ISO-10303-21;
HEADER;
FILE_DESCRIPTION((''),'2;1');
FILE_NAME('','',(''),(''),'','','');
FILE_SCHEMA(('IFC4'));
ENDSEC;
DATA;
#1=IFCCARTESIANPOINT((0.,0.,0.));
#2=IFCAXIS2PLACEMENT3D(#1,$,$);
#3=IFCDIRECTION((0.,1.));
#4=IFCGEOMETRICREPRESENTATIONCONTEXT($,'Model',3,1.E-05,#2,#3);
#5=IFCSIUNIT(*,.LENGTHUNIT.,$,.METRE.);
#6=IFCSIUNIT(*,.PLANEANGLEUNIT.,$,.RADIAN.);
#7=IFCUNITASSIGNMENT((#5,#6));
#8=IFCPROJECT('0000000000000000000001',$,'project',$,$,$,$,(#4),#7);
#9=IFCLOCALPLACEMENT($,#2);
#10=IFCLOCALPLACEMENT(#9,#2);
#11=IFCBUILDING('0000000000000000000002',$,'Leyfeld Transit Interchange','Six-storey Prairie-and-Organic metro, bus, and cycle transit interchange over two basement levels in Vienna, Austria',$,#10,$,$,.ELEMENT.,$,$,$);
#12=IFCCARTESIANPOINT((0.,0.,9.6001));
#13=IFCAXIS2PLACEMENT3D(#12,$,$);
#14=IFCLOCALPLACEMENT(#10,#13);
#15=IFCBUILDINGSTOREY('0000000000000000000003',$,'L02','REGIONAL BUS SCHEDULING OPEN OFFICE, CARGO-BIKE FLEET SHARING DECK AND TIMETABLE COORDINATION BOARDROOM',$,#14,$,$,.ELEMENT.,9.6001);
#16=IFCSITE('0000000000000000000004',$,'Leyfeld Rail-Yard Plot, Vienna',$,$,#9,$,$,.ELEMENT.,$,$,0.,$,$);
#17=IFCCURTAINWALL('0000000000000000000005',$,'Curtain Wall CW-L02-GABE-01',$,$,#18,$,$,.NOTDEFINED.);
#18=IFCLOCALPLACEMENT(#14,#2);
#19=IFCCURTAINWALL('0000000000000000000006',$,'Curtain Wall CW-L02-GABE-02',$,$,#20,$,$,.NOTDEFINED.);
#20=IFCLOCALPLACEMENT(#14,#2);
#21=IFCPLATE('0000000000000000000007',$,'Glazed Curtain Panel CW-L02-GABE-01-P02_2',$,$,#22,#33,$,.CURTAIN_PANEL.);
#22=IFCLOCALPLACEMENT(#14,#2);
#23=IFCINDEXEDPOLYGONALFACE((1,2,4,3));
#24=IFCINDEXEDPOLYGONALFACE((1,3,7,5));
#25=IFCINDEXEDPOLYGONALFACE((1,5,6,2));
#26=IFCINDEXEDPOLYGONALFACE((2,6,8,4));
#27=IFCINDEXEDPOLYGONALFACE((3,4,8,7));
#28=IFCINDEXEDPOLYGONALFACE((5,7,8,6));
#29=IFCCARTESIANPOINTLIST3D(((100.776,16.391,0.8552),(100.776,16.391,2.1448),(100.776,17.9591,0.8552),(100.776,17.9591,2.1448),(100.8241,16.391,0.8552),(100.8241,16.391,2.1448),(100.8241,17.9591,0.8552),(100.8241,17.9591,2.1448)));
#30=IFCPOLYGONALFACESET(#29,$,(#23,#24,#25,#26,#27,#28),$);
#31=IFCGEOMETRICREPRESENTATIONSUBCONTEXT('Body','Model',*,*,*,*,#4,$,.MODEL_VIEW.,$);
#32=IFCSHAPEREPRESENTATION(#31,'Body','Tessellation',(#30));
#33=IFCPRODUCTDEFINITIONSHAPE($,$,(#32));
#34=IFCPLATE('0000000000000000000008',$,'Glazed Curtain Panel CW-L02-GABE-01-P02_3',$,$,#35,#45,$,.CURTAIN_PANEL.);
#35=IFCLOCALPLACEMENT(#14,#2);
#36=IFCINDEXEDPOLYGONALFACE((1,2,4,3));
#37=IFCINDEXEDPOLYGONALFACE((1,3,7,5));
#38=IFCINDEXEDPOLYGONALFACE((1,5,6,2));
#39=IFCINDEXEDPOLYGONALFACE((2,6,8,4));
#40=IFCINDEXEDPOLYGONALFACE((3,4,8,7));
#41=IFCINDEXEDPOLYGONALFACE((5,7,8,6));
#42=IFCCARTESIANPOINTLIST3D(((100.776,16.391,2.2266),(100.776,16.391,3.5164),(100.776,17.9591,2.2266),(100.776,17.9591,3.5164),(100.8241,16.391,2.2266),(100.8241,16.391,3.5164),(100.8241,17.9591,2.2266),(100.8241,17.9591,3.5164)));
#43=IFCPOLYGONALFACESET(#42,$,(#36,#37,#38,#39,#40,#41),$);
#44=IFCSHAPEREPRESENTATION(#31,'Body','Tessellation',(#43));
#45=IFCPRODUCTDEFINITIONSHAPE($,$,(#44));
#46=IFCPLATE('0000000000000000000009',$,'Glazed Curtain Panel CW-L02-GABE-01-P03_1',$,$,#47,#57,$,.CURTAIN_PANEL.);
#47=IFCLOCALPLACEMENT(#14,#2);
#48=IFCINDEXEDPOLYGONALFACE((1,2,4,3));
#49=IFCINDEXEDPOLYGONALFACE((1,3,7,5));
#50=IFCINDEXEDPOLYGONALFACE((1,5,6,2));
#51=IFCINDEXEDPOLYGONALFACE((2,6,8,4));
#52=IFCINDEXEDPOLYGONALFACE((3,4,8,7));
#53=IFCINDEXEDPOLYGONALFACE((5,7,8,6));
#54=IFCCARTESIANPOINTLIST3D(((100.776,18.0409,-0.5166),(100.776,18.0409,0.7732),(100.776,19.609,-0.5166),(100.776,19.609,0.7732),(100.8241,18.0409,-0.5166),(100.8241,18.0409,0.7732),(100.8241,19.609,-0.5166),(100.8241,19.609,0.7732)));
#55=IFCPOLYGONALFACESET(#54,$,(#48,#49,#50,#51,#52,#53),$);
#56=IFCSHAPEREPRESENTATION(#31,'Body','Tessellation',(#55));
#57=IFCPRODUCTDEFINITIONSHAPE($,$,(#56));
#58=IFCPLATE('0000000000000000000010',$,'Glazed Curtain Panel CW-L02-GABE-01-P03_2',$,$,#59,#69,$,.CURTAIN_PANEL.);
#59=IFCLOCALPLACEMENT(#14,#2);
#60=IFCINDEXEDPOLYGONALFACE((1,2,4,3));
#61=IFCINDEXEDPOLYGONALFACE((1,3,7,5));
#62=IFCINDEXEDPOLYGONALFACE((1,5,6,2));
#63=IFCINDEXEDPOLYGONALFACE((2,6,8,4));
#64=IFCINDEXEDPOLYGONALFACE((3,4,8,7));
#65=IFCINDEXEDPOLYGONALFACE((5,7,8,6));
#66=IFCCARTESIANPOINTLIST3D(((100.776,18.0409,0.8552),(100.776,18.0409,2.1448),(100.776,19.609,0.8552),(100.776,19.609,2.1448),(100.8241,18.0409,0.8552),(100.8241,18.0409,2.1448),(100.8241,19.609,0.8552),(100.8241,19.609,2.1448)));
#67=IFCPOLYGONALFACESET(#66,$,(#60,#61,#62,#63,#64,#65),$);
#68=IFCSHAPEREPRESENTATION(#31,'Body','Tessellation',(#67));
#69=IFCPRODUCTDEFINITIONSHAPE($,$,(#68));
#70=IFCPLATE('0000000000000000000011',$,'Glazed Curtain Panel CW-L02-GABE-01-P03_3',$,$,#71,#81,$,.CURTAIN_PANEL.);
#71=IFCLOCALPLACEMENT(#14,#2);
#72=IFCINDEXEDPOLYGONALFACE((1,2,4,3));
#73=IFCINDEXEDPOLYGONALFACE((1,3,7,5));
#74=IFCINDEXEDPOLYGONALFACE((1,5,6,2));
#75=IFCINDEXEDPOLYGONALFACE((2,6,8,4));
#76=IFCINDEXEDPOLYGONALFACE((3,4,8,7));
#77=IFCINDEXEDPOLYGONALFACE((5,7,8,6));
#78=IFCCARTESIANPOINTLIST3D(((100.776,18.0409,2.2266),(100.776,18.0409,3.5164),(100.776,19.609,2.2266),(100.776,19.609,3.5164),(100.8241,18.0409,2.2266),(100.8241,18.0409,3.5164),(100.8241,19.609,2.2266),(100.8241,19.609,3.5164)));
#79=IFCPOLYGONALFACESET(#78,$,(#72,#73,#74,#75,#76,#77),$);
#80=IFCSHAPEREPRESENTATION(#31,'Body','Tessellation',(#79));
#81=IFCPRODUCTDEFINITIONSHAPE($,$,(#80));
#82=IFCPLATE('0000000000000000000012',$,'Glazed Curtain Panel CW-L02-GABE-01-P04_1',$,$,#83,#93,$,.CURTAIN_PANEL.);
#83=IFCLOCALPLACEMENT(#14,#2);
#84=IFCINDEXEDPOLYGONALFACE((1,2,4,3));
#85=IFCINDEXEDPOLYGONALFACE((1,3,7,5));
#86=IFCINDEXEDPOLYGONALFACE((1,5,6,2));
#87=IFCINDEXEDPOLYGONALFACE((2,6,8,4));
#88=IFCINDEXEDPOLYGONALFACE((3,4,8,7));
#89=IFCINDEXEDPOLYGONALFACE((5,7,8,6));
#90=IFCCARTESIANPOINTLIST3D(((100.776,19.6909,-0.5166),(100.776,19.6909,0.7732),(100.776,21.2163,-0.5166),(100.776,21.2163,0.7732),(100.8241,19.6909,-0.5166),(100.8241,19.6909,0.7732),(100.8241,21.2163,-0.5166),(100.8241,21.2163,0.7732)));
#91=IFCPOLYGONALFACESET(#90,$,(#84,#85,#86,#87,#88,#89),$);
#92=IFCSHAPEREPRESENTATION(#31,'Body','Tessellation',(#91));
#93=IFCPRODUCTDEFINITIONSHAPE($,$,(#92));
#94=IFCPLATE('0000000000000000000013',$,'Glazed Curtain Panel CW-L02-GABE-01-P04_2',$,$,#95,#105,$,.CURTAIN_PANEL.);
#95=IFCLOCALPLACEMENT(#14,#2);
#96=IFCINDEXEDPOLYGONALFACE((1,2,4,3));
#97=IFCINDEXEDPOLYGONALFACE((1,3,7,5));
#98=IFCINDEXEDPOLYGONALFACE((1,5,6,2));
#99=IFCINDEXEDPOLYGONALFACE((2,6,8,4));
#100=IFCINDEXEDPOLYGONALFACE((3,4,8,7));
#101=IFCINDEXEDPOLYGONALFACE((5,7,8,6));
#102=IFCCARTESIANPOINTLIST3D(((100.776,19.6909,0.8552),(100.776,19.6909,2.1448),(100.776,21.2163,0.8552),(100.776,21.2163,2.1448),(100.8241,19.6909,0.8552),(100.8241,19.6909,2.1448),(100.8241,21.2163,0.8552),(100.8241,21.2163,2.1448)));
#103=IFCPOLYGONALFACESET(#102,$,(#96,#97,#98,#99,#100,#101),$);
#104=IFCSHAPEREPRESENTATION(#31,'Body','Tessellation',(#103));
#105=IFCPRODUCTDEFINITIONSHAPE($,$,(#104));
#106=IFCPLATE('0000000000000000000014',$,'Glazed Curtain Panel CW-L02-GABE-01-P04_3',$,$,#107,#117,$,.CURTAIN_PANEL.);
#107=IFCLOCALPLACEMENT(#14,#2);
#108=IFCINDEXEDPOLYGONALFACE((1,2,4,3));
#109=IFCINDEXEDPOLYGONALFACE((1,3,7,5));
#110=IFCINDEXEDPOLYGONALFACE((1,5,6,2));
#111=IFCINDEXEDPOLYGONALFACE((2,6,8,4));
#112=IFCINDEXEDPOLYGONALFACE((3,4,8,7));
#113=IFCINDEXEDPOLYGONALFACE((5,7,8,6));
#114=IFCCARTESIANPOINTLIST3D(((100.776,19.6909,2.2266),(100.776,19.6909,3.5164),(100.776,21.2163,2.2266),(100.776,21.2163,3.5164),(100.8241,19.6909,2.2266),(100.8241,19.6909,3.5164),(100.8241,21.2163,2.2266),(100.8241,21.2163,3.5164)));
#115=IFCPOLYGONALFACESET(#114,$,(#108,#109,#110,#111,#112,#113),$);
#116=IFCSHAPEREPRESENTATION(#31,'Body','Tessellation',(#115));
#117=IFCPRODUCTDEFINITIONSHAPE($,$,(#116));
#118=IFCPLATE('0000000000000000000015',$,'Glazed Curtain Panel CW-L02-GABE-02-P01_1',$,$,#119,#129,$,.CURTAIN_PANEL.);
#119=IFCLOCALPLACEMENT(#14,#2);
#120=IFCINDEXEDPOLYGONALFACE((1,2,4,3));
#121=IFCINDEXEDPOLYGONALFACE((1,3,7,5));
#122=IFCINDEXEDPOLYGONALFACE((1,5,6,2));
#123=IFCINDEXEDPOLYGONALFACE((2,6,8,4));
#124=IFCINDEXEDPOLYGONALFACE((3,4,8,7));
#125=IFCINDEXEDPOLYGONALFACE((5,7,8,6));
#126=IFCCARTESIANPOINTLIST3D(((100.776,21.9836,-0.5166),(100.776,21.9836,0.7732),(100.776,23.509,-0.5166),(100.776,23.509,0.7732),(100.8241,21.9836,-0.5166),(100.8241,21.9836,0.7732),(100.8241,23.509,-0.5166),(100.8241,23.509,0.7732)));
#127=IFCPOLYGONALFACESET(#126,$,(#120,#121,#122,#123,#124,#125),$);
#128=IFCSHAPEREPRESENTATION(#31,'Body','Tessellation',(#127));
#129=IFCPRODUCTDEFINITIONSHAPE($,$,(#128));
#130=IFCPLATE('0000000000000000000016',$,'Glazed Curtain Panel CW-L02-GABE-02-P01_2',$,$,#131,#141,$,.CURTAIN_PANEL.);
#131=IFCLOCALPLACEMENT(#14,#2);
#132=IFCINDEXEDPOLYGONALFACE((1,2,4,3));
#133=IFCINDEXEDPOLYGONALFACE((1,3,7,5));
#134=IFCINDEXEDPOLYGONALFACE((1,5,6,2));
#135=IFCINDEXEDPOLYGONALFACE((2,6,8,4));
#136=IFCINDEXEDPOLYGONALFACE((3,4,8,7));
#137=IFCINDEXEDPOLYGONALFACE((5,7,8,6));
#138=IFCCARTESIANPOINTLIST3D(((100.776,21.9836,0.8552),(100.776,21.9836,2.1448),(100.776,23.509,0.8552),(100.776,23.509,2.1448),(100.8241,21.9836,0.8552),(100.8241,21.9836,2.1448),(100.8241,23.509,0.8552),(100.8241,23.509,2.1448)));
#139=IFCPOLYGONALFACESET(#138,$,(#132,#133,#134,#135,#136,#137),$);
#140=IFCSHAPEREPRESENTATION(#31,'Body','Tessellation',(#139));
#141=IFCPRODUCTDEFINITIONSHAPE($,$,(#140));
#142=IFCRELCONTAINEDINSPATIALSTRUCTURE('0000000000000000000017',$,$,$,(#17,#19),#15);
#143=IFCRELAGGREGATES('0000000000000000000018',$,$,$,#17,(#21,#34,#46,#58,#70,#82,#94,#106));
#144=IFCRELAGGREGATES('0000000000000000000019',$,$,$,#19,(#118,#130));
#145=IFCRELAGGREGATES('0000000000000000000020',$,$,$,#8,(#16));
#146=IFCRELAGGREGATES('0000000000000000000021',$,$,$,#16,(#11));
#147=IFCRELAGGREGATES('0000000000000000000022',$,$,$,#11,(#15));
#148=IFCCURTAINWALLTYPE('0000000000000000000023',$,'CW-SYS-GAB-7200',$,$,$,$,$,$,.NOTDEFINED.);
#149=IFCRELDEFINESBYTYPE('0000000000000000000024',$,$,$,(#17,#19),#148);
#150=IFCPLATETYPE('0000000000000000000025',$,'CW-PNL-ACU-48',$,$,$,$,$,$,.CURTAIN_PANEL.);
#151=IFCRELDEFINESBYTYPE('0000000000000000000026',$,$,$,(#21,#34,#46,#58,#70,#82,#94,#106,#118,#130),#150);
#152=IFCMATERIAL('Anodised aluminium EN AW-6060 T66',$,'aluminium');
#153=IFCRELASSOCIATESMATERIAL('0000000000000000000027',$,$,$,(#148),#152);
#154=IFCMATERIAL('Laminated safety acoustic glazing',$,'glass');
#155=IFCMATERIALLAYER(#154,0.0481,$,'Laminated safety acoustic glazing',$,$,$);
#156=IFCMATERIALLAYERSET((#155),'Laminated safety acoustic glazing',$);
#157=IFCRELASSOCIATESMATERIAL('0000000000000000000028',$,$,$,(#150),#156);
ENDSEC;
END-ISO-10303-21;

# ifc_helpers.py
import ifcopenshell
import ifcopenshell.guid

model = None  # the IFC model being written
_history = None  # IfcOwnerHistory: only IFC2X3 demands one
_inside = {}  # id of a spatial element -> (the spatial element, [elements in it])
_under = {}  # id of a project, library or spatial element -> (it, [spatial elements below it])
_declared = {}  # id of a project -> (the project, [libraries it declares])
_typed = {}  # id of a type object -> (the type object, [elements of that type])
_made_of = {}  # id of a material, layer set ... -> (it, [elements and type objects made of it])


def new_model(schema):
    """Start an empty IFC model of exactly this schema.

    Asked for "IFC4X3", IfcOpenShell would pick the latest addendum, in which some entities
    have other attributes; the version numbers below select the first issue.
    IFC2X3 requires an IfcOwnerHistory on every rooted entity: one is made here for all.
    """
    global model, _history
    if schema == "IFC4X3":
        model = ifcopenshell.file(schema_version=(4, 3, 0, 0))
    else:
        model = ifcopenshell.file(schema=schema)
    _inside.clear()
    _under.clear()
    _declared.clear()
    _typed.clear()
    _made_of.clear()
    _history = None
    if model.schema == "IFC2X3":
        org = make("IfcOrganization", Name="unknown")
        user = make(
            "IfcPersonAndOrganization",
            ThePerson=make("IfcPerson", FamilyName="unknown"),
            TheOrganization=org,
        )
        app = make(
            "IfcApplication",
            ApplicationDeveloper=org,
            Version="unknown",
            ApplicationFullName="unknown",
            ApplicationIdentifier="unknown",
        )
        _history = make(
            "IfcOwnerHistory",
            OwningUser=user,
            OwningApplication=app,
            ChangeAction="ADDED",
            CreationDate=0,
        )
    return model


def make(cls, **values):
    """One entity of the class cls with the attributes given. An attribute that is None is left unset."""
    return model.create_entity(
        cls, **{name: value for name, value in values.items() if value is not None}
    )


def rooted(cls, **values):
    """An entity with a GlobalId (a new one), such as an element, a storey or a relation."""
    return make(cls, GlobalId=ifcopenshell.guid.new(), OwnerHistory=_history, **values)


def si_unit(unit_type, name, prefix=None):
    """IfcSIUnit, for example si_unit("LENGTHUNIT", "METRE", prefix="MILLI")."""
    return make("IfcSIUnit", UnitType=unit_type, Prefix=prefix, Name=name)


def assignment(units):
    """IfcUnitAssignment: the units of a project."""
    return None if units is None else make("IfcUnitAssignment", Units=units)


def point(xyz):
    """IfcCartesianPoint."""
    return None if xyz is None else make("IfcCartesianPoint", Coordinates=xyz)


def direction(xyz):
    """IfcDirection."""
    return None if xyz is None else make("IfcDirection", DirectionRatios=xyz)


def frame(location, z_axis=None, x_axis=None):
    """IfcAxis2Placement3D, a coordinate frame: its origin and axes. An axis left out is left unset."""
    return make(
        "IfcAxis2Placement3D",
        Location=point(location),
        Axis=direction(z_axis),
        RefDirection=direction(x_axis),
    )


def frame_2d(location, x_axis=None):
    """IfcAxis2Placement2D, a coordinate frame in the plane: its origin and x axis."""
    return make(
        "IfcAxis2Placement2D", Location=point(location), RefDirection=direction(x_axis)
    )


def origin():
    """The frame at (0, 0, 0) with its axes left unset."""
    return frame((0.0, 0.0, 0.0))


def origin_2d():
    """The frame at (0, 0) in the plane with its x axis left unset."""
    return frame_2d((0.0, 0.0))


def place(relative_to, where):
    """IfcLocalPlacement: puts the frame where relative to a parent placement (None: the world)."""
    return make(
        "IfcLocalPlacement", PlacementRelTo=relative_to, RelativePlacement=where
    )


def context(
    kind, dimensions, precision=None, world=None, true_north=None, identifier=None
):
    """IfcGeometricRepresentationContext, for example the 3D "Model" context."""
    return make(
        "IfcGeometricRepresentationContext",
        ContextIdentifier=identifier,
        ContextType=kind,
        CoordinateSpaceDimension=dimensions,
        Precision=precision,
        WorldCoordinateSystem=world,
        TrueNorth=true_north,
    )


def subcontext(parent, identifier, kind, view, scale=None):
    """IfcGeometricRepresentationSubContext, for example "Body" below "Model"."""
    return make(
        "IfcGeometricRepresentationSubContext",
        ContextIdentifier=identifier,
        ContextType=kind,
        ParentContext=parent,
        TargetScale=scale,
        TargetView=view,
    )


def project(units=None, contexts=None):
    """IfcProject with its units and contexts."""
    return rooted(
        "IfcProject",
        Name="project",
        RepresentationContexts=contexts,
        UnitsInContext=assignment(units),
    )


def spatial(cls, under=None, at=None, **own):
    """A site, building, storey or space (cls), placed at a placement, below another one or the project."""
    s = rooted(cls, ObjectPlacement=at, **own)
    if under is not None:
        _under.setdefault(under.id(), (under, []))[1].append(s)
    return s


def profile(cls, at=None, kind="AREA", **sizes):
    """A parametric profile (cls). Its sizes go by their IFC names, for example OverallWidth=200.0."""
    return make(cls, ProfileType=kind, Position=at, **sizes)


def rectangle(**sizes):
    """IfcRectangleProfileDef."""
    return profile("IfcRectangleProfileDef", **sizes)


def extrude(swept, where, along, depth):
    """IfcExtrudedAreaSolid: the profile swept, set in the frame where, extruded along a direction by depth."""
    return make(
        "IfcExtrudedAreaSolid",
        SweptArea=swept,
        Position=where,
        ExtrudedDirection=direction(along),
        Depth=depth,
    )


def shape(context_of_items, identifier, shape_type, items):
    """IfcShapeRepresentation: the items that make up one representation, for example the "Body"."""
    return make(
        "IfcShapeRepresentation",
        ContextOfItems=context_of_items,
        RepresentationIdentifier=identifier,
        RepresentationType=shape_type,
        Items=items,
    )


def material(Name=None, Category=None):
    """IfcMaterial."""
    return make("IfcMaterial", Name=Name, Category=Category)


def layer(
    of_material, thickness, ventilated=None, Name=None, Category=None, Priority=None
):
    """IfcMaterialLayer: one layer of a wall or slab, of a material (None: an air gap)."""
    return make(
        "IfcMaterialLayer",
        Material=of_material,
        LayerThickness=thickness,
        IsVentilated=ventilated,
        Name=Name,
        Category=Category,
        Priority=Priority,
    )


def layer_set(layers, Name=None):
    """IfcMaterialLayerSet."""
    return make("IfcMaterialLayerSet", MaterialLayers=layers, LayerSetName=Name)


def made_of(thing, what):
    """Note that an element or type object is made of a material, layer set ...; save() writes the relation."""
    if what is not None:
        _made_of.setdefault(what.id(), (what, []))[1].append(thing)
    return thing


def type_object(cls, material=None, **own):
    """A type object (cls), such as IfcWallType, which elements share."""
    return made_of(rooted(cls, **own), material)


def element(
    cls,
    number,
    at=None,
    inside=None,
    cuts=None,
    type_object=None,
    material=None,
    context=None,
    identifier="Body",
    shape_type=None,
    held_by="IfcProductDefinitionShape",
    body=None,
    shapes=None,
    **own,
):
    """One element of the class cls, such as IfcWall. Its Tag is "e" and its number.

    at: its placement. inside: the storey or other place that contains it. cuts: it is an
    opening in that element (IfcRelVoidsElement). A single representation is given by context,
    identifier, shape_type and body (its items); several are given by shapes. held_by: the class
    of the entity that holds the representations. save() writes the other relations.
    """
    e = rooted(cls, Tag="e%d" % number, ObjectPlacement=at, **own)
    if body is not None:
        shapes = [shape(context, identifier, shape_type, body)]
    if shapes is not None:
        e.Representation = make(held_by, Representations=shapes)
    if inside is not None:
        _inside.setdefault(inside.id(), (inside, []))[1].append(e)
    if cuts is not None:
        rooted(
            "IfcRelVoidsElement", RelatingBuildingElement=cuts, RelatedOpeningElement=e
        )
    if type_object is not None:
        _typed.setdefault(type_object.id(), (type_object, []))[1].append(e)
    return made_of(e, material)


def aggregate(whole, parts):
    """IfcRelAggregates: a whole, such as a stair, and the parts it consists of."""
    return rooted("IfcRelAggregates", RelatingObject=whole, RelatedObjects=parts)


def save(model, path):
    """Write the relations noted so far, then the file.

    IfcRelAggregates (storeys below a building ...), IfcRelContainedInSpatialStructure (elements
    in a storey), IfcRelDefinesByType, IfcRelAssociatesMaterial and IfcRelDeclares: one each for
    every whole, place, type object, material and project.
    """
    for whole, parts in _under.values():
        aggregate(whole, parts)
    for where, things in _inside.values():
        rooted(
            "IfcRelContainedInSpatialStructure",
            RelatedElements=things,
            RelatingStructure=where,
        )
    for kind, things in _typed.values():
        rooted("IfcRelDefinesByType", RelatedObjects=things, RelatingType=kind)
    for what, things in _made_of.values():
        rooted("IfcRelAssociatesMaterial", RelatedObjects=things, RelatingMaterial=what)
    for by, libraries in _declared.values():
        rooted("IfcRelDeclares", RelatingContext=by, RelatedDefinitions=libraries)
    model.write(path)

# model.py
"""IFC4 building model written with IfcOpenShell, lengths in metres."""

from ifc_helpers import new_model, si_unit, direction, frame, origin, origin_2d, place, context, subcontext, project, spatial, rectangle, extrude, material, layer, layer_set, type_object, element, aggregate, save


model = new_model("IFC4")

# Units and contexts
model_context = context("Model", 3, precision=1e-05, world=origin(), true_north=direction((0.0, 1.0)))
body_context = subcontext(model_context, "Body", "Model", "MODEL_VIEW")
ifc_project = project(units=[si_unit("LENGTHUNIT", "METRE"), si_unit("PLANEANGLEUNIT", "RADIAN")], contexts=[model_context])

# Site, building, storey
site_placement = place(None, origin())
site = spatial("IfcSite", under=ifc_project, at=site_placement, Name="Leyfeld Rail-Yard Plot, Vienna", CompositionType="ELEMENT", RefElevation=0.0)
building_placement = place(site_placement, origin())
building = spatial("IfcBuilding", under=site, at=building_placement, Name="Leyfeld Transit Interchange", Description="Six-storey Prairie-and-Organic metro, bus, and cycle transit interchange over two basement levels in Vienna, Austria", CompositionType="ELEMENT")
storey_placement = place(building_placement, frame((0.0, 0.0, 9.6001)))
storey = spatial("IfcBuildingStorey", under=building, at=storey_placement, Name="L02", Description="REGIONAL BUS SCHEDULING OPEN OFFICE, CARGO-BIKE FLEET SHARING DECK AND TIMETABLE COORDINATION BOARDROOM", CompositionType="ELEMENT", Elevation=9.6001)

# Curtain walls
ifc_material_1 = material(Name="Anodised aluminium EN AW-6060 T66", Category="aluminium")
curtain_wall_type = type_object("IfcCurtainWallType", Name="CW-SYS-GAB-7200", PredefinedType="NOTDEFINED", material=ifc_material_1)
curtain_wall_1_placement = place(storey_placement, origin())
curtain_wall_1 = element("IfcCurtainWall", 1, at=curtain_wall_1_placement, inside=storey, type_object=curtain_wall_type, Name="Curtain Wall CW-L02-GABE-01", PredefinedType="NOTDEFINED")
curtain_wall_2_placement = place(storey_placement, origin())
curtain_wall_2 = element("IfcCurtainWall", 2, at=curtain_wall_2_placement, inside=storey, type_object=curtain_wall_type, Name="Curtain Wall CW-L02-GABE-02", PredefinedType="NOTDEFINED")

# Plates
ifc_material_2 = material(Name="Laminated safety acoustic glazing", Category="glass")
ifc_layer = layer(ifc_material_2, 0.0481, Name="Laminated safety acoustic glazing")
ifc_layer_set = layer_set([ifc_layer], Name="Laminated safety acoustic glazing")
plate_type = type_object("IfcPlateType", Name="CW-PNL-ACU-48", PredefinedType="CURTAIN_PANEL", material=ifc_layer_set)
plate_1_placement = place(storey_placement, frame((100.8, 17.175, 0.8552), z_axis=(0.0, 0.0, 1.0), x_axis=(0.0, 1.0, 0.0)))
plate_1 = element("IfcPlate", 3, at=plate_1_placement, type_object=plate_type, Name="Glazed Curtain Panel CW-L02-GABE-01-P02_2", PredefinedType="CURTAIN_PANEL", context=body_context, shape_type="SweptSolid", body=[
    extrude(rectangle(XDim=1.5681, YDim=0.0481, at=origin_2d()), origin(), (0.0, 0.0, 1.0), 1.2896),
])
plate_2_placement = place(storey_placement, frame((100.8, 17.175, 2.2266), z_axis=(0.0, 0.0, 1.0), x_axis=(0.0, 1.0, 0.0)))
plate_2 = element("IfcPlate", 4, at=plate_2_placement, type_object=plate_type, Name="Glazed Curtain Panel CW-L02-GABE-01-P02_3", PredefinedType="CURTAIN_PANEL", context=body_context, shape_type="SweptSolid", body=[
    extrude(rectangle(XDim=1.5681, YDim=0.0481, at=origin_2d()), origin(), (0.0, 0.0, 1.0), 1.2898),
])
plate_3_placement = place(storey_placement, frame((100.8, 18.825, -0.5166), z_axis=(0.0, 0.0, 1.0), x_axis=(0.0, 1.0, 0.0)))
plate_3 = element("IfcPlate", 5, at=plate_3_placement, type_object=plate_type, Name="Glazed Curtain Panel CW-L02-GABE-01-P03_1", PredefinedType="CURTAIN_PANEL", context=body_context, shape_type="SweptSolid", body=[
    extrude(rectangle(XDim=1.5681, YDim=0.0481, at=origin_2d()), origin(), (0.0, 0.0, 1.0), 1.2898),
])
plate_4_placement = place(storey_placement, frame((100.8, 18.825, 0.8552), z_axis=(0.0, 0.0, 1.0), x_axis=(0.0, 1.0, 0.0)))
plate_4 = element("IfcPlate", 6, at=plate_4_placement, type_object=plate_type, Name="Glazed Curtain Panel CW-L02-GABE-01-P03_2", PredefinedType="CURTAIN_PANEL", context=body_context, shape_type="SweptSolid", body=[
    extrude(rectangle(XDim=1.5681, YDim=0.0481, at=origin_2d()), origin(), (0.0, 0.0, 1.0), 1.2896),
])
plate_5_placement = place(storey_placement, frame((100.8, 18.825, 2.2266), z_axis=(0.0, 0.0, 1.0), x_axis=(0.0, 1.0, 0.0)))
plate_5 = element("IfcPlate", 7, at=plate_5_placement, type_object=plate_type, Name="Glazed Curtain Panel CW-L02-GABE-01-P03_3", PredefinedType="CURTAIN_PANEL", context=body_context, shape_type="SweptSolid", body=[
    extrude(rectangle(XDim=1.5681, YDim=0.0481, at=origin_2d()), origin(), (0.0, 0.0, 1.0), 1.2898),
])
plate_6_placement = place(storey_placement, frame((100.8, 20.4536, -0.5166), z_axis=(0.0, 0.0, 1.0), x_axis=(0.0, 1.0, 0.0)))
plate_6 = element("IfcPlate", 8, at=plate_6_placement, type_object=plate_type, Name="Glazed Curtain Panel CW-L02-GABE-01-P04_1", PredefinedType="CURTAIN_PANEL", context=body_context, shape_type="SweptSolid", body=[
    extrude(rectangle(XDim=1.5254, YDim=0.0481, at=origin_2d()), origin(), (0.0, 0.0, 1.0), 1.2898),
])
plate_7_placement = place(storey_placement, frame((100.8, 20.4536, 0.8552), z_axis=(0.0, 0.0, 1.0), x_axis=(0.0, 1.0, 0.0)))
plate_7 = element("IfcPlate", 9, at=plate_7_placement, type_object=plate_type, Name="Glazed Curtain Panel CW-L02-GABE-01-P04_2", PredefinedType="CURTAIN_PANEL", context=body_context, shape_type="SweptSolid", body=[
    extrude(rectangle(XDim=1.5254, YDim=0.0481, at=origin_2d()), origin(), (0.0, 0.0, 1.0), 1.2896),
])
plate_8_placement = place(storey_placement, frame((100.8, 20.4536, 2.2266), z_axis=(0.0, 0.0, 1.0), x_axis=(0.0, 1.0, 0.0)))
plate_8 = element("IfcPlate", 10, at=plate_8_placement, type_object=plate_type, Name="Glazed Curtain Panel CW-L02-GABE-01-P04_3", PredefinedType="CURTAIN_PANEL", context=body_context, shape_type="SweptSolid", body=[
    extrude(rectangle(XDim=1.5254, YDim=0.0481, at=origin_2d()), origin(), (0.0, 0.0, 1.0), 1.2898),
])
aggregate(curtain_wall_1, [plate_1, plate_2, plate_3, plate_4, plate_5, plate_6, plate_7, plate_8])
plate_9_placement = place(storey_placement, frame((100.8, 22.7463, -0.5166), z_axis=(0.0, 0.0, 1.0), x_axis=(0.0, 1.0, 0.0)))
plate_9 = element("IfcPlate", 11, at=plate_9_placement, type_object=plate_type, Name="Glazed Curtain Panel CW-L02-GABE-02-P01_1", PredefinedType="CURTAIN_PANEL", context=body_context, shape_type="SweptSolid", body=[
    extrude(rectangle(XDim=1.5254, YDim=0.0481, at=origin_2d()), origin(), (0.0, 0.0, 1.0), 1.2898),
])
plate_10_placement = place(storey_placement, frame((100.8, 22.7463, 0.8552), z_axis=(0.0, 0.0, 1.0), x_axis=(0.0, 1.0, 0.0)))
plate_10 = element("IfcPlate", 12, at=plate_10_placement, type_object=plate_type, Name="Glazed Curtain Panel CW-L02-GABE-02-P01_2", PredefinedType="CURTAIN_PANEL", context=body_context, shape_type="SweptSolid", body=[
    extrude(rectangle(XDim=1.5254, YDim=0.0481, at=origin_2d()), origin(), (0.0, 0.0, 1.0), 1.2896),
])
aggregate(curtain_wall_2, [plate_9, plate_10])

save(model, "model.ifc")
